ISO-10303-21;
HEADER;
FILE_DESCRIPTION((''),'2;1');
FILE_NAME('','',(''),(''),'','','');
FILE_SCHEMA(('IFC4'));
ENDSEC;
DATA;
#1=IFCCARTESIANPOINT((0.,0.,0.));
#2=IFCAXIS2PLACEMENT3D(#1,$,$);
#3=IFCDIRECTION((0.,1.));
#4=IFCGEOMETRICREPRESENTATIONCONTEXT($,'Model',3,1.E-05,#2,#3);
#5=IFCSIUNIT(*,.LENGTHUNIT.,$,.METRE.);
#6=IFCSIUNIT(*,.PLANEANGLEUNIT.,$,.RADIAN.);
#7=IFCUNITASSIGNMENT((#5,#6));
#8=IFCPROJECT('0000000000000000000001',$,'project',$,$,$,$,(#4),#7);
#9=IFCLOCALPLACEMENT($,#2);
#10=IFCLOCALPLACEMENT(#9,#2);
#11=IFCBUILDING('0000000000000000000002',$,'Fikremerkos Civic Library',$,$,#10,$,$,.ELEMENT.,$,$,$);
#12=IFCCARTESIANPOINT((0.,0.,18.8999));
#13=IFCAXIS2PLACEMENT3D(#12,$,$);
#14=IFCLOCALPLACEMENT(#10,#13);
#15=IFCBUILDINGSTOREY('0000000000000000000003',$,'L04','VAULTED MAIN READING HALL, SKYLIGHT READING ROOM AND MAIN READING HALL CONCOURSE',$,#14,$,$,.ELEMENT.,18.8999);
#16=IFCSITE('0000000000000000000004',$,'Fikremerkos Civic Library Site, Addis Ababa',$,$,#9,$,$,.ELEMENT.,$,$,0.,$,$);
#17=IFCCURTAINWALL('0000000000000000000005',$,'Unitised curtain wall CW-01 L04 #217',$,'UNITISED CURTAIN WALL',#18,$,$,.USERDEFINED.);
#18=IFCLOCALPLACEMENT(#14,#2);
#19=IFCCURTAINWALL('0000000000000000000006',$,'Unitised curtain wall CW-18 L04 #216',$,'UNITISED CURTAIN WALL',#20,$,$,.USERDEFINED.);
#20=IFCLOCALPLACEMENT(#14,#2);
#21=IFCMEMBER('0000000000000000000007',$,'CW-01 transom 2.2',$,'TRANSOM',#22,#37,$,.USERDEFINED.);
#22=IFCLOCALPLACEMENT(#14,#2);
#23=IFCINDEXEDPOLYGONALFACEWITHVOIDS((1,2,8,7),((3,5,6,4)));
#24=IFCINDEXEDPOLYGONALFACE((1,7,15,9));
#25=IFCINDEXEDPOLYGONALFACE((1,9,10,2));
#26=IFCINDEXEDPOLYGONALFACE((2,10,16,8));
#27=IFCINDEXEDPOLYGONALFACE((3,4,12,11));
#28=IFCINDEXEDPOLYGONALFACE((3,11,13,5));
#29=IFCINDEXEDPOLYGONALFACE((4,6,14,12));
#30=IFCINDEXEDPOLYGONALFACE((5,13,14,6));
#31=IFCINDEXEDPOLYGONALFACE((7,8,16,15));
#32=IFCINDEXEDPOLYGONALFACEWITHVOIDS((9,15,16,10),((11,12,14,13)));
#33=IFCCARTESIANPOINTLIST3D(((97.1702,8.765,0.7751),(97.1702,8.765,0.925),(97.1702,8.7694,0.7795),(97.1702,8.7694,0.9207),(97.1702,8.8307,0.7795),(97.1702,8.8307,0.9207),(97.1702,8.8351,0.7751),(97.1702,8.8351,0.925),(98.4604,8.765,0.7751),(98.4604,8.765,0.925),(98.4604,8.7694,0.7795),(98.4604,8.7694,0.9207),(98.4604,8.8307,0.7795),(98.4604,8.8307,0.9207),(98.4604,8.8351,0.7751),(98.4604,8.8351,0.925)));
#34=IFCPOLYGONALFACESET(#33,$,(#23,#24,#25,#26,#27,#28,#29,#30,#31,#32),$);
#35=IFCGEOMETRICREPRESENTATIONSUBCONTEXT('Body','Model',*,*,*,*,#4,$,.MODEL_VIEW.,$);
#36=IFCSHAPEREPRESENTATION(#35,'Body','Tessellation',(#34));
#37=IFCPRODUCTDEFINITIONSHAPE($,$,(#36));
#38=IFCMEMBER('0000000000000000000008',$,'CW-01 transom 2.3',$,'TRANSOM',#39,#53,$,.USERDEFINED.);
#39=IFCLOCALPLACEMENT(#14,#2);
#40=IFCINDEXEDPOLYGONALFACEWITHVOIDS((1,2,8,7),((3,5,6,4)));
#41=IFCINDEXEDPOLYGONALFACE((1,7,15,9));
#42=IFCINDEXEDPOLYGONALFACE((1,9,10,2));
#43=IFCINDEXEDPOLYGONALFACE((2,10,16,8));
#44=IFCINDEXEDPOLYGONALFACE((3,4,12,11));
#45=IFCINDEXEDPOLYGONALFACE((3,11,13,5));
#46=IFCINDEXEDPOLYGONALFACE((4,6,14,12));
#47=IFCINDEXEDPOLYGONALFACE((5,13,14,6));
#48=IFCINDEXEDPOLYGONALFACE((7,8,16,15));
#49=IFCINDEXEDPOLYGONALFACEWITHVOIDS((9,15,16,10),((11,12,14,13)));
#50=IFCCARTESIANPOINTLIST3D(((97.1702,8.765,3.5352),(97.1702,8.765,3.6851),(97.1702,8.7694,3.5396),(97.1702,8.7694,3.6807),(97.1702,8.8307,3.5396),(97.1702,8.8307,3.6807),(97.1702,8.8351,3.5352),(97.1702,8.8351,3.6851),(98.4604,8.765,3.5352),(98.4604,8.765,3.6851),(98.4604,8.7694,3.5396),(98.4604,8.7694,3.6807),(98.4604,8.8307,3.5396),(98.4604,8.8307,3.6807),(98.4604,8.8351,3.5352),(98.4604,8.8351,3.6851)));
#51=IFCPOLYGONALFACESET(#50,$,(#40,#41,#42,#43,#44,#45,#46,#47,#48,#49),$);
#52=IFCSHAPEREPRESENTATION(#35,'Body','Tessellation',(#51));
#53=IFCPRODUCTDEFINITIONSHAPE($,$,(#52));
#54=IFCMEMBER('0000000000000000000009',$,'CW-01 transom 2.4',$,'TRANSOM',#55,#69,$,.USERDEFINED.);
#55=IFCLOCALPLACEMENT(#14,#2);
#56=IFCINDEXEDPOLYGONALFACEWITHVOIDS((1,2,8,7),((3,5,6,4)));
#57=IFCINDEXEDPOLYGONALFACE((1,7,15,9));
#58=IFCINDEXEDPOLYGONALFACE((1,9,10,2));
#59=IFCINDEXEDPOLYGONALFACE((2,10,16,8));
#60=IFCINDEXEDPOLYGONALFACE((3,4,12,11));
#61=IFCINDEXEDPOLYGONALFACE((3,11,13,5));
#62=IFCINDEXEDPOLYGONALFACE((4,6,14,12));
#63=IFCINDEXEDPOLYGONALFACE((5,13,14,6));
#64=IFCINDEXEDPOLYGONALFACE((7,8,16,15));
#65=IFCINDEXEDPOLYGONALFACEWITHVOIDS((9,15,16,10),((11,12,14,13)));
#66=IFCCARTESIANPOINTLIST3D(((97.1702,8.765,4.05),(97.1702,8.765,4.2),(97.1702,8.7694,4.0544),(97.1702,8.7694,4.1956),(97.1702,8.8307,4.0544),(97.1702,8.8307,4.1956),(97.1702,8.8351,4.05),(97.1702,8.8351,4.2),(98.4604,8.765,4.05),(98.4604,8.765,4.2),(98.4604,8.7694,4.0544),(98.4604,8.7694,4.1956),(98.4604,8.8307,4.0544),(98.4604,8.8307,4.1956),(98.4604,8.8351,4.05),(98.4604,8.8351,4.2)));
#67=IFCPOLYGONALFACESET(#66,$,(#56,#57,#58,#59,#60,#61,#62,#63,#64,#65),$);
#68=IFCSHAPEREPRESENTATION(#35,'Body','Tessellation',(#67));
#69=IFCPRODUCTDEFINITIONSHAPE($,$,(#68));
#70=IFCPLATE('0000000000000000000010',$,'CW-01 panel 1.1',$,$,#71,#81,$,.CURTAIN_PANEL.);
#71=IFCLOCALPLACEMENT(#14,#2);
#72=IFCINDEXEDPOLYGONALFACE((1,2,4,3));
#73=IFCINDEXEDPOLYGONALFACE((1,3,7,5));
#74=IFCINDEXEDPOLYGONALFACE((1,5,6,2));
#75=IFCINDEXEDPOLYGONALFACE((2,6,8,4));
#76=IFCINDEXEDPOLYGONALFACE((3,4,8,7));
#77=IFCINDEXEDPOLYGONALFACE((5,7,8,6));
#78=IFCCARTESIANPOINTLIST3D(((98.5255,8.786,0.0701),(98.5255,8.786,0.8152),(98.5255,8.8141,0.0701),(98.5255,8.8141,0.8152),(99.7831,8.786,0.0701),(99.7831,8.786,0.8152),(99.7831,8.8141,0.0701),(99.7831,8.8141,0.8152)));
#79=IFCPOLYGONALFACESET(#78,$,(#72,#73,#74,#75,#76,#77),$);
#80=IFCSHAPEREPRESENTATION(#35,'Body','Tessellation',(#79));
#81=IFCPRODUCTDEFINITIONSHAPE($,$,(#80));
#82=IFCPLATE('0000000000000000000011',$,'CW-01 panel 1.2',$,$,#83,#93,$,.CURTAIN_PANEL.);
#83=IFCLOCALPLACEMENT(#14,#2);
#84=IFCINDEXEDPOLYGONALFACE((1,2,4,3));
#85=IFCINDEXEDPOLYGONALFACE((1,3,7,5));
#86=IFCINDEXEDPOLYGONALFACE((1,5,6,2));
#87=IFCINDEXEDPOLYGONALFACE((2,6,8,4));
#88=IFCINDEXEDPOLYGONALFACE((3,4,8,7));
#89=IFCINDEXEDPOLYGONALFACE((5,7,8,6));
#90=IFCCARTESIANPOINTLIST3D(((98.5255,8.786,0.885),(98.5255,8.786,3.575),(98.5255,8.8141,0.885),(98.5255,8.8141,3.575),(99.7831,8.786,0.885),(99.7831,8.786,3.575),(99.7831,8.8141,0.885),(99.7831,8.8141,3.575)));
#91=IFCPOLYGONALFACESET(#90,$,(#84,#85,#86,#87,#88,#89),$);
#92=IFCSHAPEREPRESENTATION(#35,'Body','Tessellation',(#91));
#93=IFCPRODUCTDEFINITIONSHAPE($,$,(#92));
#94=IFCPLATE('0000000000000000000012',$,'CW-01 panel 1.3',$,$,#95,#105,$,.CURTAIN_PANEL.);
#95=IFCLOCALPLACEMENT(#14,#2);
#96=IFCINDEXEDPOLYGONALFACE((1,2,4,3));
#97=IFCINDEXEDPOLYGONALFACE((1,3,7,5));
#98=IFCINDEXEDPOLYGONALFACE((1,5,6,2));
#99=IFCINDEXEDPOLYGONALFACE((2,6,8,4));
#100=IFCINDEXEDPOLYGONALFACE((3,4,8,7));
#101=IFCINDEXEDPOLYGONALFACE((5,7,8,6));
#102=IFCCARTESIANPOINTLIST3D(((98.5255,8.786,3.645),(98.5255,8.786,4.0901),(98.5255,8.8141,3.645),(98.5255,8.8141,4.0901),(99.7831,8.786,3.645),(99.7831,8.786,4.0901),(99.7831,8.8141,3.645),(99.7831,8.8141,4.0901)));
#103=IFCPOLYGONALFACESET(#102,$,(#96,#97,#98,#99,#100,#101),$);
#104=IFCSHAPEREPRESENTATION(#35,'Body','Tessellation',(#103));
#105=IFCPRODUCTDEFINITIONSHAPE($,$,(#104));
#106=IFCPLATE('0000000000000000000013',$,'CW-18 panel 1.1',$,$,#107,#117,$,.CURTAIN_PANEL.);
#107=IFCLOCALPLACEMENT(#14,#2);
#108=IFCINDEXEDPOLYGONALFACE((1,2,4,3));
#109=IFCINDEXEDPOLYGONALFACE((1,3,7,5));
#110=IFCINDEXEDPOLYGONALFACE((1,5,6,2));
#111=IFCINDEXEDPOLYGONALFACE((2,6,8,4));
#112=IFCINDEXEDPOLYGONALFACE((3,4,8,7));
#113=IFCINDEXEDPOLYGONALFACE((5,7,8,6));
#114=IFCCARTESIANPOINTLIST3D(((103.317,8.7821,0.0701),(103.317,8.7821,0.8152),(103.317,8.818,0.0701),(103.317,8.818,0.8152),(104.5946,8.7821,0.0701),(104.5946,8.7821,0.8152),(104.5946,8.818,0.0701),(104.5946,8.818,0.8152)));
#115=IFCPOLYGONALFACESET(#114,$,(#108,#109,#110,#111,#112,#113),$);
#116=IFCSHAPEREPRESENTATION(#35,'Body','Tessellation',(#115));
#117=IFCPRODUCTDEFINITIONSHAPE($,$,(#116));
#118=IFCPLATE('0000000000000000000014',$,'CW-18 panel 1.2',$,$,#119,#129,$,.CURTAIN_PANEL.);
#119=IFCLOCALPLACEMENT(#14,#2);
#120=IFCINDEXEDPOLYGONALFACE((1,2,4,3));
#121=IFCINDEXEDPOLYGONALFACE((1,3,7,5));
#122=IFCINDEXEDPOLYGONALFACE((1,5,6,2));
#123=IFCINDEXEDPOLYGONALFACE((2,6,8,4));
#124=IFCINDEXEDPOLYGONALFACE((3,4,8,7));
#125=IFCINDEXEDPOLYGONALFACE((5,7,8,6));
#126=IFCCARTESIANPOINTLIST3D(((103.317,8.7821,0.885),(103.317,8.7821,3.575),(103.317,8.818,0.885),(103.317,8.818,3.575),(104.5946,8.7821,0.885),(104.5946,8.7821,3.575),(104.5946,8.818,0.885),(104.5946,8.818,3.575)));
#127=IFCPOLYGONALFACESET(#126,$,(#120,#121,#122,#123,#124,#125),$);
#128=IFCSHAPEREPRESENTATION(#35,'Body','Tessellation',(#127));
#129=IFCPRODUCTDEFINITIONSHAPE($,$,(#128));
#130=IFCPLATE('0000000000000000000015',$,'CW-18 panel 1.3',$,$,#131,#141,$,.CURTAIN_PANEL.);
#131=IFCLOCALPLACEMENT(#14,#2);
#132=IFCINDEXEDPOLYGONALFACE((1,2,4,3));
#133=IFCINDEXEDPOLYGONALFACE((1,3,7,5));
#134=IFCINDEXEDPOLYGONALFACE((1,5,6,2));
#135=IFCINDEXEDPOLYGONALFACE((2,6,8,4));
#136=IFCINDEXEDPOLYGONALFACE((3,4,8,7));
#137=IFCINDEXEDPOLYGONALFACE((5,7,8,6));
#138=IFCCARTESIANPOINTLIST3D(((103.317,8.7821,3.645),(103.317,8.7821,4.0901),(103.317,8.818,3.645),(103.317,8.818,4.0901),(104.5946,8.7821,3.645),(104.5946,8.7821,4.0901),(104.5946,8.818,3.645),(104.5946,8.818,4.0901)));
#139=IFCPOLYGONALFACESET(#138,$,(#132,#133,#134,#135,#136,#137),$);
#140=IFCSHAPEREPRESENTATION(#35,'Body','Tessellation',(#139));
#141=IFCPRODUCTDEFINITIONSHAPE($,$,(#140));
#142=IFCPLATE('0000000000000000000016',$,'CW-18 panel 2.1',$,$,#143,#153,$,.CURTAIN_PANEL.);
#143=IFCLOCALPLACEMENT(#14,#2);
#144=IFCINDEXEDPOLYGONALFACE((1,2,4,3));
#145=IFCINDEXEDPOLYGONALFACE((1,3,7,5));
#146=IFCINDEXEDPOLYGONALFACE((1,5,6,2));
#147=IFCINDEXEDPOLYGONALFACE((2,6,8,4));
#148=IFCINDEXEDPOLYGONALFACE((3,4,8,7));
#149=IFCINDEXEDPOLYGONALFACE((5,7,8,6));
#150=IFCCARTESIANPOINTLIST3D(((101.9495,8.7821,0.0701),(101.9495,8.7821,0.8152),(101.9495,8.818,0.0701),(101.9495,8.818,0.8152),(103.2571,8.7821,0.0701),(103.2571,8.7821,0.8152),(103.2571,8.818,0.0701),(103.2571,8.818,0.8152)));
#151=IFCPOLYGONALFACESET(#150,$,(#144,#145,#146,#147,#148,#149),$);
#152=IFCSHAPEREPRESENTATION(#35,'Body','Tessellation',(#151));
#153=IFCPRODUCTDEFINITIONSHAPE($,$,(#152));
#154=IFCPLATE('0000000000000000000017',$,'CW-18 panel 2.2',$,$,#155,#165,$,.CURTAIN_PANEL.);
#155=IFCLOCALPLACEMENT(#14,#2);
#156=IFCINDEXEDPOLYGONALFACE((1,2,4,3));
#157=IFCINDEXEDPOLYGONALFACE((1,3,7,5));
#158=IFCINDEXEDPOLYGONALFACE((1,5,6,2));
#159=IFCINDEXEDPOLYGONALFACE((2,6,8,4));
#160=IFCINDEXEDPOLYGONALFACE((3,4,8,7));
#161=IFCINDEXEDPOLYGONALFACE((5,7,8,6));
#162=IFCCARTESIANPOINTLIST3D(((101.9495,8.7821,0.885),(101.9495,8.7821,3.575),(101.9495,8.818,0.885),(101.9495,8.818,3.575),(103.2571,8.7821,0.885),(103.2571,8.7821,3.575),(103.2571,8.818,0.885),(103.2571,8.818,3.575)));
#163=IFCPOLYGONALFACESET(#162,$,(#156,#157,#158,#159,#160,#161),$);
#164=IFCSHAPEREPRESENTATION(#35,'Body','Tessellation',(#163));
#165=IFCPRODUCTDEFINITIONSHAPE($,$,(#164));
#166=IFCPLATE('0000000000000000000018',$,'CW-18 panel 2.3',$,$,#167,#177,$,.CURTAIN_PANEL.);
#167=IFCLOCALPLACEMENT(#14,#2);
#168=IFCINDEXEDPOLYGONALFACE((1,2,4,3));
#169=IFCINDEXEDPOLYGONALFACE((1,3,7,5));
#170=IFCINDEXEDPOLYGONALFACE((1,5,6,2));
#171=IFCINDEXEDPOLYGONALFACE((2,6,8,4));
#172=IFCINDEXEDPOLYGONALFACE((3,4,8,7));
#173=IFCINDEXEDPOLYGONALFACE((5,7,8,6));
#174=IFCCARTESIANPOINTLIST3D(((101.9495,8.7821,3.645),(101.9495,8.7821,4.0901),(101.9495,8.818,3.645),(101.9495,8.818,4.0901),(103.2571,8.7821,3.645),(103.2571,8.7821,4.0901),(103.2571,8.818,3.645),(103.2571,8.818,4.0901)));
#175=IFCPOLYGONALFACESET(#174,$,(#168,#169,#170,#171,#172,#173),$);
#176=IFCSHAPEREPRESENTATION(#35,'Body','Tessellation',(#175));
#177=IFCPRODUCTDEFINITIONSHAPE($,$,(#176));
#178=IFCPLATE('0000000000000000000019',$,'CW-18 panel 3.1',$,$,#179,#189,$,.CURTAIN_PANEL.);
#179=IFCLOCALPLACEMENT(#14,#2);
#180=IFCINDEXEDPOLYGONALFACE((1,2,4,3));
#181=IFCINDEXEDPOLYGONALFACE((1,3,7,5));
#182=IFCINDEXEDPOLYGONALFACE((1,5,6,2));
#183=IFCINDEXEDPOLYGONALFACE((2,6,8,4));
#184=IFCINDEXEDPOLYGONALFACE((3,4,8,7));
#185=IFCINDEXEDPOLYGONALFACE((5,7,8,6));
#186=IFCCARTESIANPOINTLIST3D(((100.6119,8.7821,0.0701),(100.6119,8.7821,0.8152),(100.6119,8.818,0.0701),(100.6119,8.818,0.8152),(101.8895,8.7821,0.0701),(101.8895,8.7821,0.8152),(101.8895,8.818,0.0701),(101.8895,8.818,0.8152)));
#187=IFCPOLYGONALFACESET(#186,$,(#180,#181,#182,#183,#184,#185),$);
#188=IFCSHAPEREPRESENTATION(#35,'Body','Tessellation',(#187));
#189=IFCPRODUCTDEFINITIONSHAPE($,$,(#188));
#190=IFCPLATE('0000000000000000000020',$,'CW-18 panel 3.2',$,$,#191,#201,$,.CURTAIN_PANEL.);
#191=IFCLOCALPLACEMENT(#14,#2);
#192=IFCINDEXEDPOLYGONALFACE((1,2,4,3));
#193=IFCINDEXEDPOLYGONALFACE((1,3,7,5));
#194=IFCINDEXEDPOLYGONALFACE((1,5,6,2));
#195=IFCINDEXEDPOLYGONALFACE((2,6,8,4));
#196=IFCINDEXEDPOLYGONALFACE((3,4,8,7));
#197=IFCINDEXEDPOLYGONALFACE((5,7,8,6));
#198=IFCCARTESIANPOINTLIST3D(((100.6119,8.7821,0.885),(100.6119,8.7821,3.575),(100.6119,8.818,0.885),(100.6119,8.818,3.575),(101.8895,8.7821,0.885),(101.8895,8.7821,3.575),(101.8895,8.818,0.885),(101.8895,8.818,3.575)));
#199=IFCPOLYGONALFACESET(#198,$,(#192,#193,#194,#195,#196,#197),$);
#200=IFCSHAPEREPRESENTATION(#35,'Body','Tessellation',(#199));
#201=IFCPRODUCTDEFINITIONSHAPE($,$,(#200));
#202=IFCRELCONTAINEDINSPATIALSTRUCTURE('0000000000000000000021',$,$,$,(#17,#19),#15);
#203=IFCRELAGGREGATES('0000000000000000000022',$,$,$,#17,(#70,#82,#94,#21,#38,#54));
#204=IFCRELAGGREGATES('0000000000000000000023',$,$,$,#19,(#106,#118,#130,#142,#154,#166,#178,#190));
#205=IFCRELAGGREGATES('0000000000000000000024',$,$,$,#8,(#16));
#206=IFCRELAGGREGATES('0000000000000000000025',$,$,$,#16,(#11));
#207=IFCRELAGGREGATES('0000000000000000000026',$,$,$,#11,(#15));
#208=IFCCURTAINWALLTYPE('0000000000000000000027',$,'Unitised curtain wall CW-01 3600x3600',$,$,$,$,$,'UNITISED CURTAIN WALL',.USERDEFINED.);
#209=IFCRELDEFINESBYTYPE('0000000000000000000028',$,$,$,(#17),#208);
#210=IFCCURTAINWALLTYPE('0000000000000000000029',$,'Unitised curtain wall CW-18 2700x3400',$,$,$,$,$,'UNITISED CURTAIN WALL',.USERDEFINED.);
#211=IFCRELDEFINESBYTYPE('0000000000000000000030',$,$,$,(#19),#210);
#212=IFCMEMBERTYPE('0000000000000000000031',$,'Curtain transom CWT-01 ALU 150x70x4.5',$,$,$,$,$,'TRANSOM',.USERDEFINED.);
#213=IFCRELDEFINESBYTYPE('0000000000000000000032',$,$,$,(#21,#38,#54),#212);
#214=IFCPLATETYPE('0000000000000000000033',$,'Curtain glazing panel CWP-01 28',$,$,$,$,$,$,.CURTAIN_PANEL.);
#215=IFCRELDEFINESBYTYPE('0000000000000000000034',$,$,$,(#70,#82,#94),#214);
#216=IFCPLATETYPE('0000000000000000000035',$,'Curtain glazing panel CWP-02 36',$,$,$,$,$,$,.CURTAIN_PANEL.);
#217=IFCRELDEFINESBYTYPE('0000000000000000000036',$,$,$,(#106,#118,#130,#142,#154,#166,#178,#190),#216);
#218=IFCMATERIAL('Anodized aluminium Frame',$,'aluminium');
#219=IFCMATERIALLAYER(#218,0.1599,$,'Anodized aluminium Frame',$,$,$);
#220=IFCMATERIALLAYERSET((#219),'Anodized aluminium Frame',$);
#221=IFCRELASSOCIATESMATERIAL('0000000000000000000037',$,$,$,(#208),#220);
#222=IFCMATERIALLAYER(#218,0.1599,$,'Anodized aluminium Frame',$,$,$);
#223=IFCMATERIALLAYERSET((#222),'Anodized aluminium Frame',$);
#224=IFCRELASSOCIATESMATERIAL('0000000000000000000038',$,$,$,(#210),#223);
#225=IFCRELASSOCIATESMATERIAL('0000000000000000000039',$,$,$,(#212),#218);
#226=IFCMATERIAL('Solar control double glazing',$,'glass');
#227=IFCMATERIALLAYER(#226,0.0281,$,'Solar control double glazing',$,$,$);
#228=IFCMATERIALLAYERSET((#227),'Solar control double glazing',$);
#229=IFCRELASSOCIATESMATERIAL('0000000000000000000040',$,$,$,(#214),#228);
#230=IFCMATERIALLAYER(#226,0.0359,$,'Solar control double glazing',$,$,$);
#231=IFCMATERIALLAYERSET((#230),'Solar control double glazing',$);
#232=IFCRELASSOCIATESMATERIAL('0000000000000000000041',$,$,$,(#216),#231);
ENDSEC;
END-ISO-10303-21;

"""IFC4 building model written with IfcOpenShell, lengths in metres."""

from ifc_helpers import new_model, si_unit, direction, frame, origin, origin_2d, place, context, subcontext, project, spatial, rectangle, hollow_rectangle, extrude, material, layer, layer_set, material_profile, profile_set, type_object, element, aggregate, save


model = new_model("IFC4")

# Units and contexts
model_context = context("Model", 3, precision=1e-05, world=origin(), true_north=direction((0.0, 1.0)))
body_context = subcontext(model_context, "Body", "Model", "MODEL_VIEW")
ifc_project = project(units=[si_unit("LENGTHUNIT", "METRE"), si_unit("PLANEANGLEUNIT", "RADIAN")], contexts=[model_context])

# Site, building, storey
site_placement = place(None, origin())
site = spatial("IfcSite", under=ifc_project, at=site_placement, Name="Fikremerkos Civic Library Site, Addis Ababa", CompositionType="ELEMENT", RefElevation=0.0)
building_placement = place(site_placement, origin())
building = spatial("IfcBuilding", under=site, at=building_placement, Name="Fikremerkos Civic Library", CompositionType="ELEMENT")
storey_placement = place(building_placement, frame((0.0, 0.0, 18.8999)))
storey = spatial("IfcBuildingStorey", under=building, at=storey_placement, Name="L04", Description="VAULTED MAIN READING HALL, SKYLIGHT READING ROOM AND MAIN READING HALL CONCOURSE", CompositionType="ELEMENT", Elevation=18.8999)

# Curtain walls
ifc_material_1 = material(Name="Anodized aluminium Frame", Category="aluminium")
ifc_layer_1 = layer(ifc_material_1, 0.1599, Name="Anodized aluminium Frame")
ifc_layer_set_1 = layer_set([ifc_layer_1], Name="Anodized aluminium Frame")
curtain_wall_type_1 = type_object("IfcCurtainWallType", Name="Unitised curtain wall CW-01 3600x3600", ElementType="UNITISED CURTAIN WALL", PredefinedType="USERDEFINED", material=ifc_layer_set_1)
curtain_wall_1_placement = place(storey_placement, origin())
curtain_wall_1 = element("IfcCurtainWall", 1, at=curtain_wall_1_placement, inside=storey, type_object=curtain_wall_type_1, Name="Unitised curtain wall CW-01 L04 #217", ObjectType="UNITISED CURTAIN WALL", PredefinedType="USERDEFINED")
ifc_layer_2 = layer(ifc_material_1, 0.1599, Name="Anodized aluminium Frame")
ifc_layer_set_2 = layer_set([ifc_layer_2], Name="Anodized aluminium Frame")
curtain_wall_type_2 = type_object("IfcCurtainWallType", Name="Unitised curtain wall CW-18 2700x3400", ElementType="UNITISED CURTAIN WALL", PredefinedType="USERDEFINED", material=ifc_layer_set_2)
curtain_wall_2_placement = place(storey_placement, origin())
curtain_wall_2 = element("IfcCurtainWall", 2, at=curtain_wall_2_placement, inside=storey, type_object=curtain_wall_type_2, Name="Unitised curtain wall CW-18 L04 #216", ObjectType="UNITISED CURTAIN WALL", PredefinedType="USERDEFINED")
ifc_material_profile_1 = material_profile(ifc_material_1, hollow_rectangle(XDim=0.0701, YDim=0.1499, WallThickness=0.0044, at=origin_2d()), Name="ALU 150x70x4.5")
ifc_profile_set_1 = profile_set([ifc_material_profile_1], Name="Anodized aluminium Frame")
member_type_1 = type_object("IfcMemberType", Name="Curtain transom CWT-01 ALU 150x70x4.5", ElementType="TRANSOM", PredefinedType="USERDEFINED", material=ifc_profile_set_1)

# Members
member_1_placement = place(storey_placement, frame((98.4604, 8.8, 0.8501), z_axis=(-1.0, 0.0, 0.0), x_axis=(0.0, -1.0, 0.0)))
member_1 = element("IfcMember", 3, at=member_1_placement, type_object=member_type_1, Name="CW-01 transom 2.2", ObjectType="TRANSOM", PredefinedType="USERDEFINED", context=body_context, shape_type="SweptSolid", body=[
    extrude(hollow_rectangle(XDim=0.0701, YDim=0.1499, WallThickness=0.0044, at=origin_2d()), origin(), (0.0, 0.0, 1.0), 1.2903),
])
member_2_placement = place(storey_placement, frame((98.4604, 8.8, 3.6101), z_axis=(-1.0, 0.0, 0.0), x_axis=(0.0, -1.0, 0.0)))
member_2 = element("IfcMember", 4, at=member_2_placement, type_object=member_type_1, Name="CW-01 transom 2.3", ObjectType="TRANSOM", PredefinedType="USERDEFINED", context=body_context, shape_type="SweptSolid", body=[
    extrude(hollow_rectangle(XDim=0.0701, YDim=0.1499, WallThickness=0.0044, at=origin_2d()), origin(), (0.0, 0.0, 1.0), 1.2903),
])
member_3_placement = place(storey_placement, frame((98.4604, 8.8, 4.125), z_axis=(-1.0, 0.0, 0.0), x_axis=(0.0, -1.0, 0.0)))
member_3 = element("IfcMember", 5, at=member_3_placement, type_object=member_type_1, Name="CW-01 transom 2.4", ObjectType="TRANSOM", PredefinedType="USERDEFINED", context=body_context, shape_type="SweptSolid", body=[
    extrude(hollow_rectangle(XDim=0.0701, YDim=0.1499, WallThickness=0.0044, at=origin_2d()), origin(), (0.0, 0.0, 1.0), 1.2903),
])

# Plates
ifc_material_2 = material(Name="Solar control double glazing", Category="glass")
ifc_layer_3 = layer(ifc_material_2, 0.0281, Name="Solar control double glazing")
ifc_layer_set_3 = layer_set([ifc_layer_3], Name="Solar control double glazing")
plate_type_1 = type_object("IfcPlateType", Name="Curtain glazing panel CWP-01 28", PredefinedType="CURTAIN_PANEL", material=ifc_layer_set_3)
plate_1_placement = place(storey_placement, frame((99.1543, 8.8, 0.0701), z_axis=(0.0, 0.0, 1.0), x_axis=(-1.0, 0.0, 0.0)))
plate_1 = element("IfcPlate", 6, at=plate_1_placement, type_object=plate_type_1, Name="CW-01 panel 1.1", PredefinedType="CURTAIN_PANEL", context=body_context, shape_type="SweptSolid", body=[
    extrude(rectangle(XDim=1.2576, YDim=0.0281, at=origin_2d()), origin(), (0.0, 0.0, 1.0), 0.7451),
])
plate_2_placement = place(storey_placement, frame((99.1543, 8.8, 0.885), z_axis=(0.0, 0.0, 1.0), x_axis=(-1.0, 0.0, 0.0)))
plate_2 = element("IfcPlate", 7, at=plate_2_placement, type_object=plate_type_1, Name="CW-01 panel 1.2", PredefinedType="CURTAIN_PANEL", context=body_context, shape_type="SweptSolid", body=[
    extrude(rectangle(XDim=1.2576, YDim=0.0281, at=origin_2d()), origin(), (0.0, 0.0, 1.0), 2.6899),
])
plate_3_placement = place(storey_placement, frame((99.1543, 8.8, 3.645), z_axis=(0.0, 0.0, 1.0), x_axis=(-1.0, 0.0, 0.0)))
plate_3 = element("IfcPlate", 8, at=plate_3_placement, type_object=plate_type_1, Name="CW-01 panel 1.3", PredefinedType="CURTAIN_PANEL", context=body_context, shape_type="SweptSolid", body=[
    extrude(rectangle(XDim=1.2576, YDim=0.0281, at=origin_2d()), origin(), (0.0, 0.0, 1.0), 0.4451),
])
aggregate(curtain_wall_1, [plate_1, plate_2, plate_3, member_1, member_2, member_3])
ifc_layer_4 = layer(ifc_material_2, 0.0359, Name="Solar control double glazing")
ifc_layer_set_4 = layer_set([ifc_layer_4], Name="Solar control double glazing")
plate_type_2 = type_object("IfcPlateType", Name="Curtain glazing panel CWP-02 36", PredefinedType="CURTAIN_PANEL", material=ifc_layer_set_4)
plate_4_placement = place(storey_placement, frame((103.9558, 8.8, 0.0701), z_axis=(0.0, 0.0, 1.0), x_axis=(-1.0, 0.0, 0.0)))
plate_4 = element("IfcPlate", 9, at=plate_4_placement, type_object=plate_type_2, Name="CW-18 panel 1.1", PredefinedType="CURTAIN_PANEL", context=body_context, shape_type="SweptSolid", body=[
    extrude(rectangle(XDim=1.2776, YDim=0.0359, at=origin_2d()), origin(), (0.0, 0.0, 1.0), 0.7451),
])
plate_5_placement = place(storey_placement, frame((103.9558, 8.8, 0.885), z_axis=(0.0, 0.0, 1.0), x_axis=(-1.0, 0.0, 0.0)))
plate_5 = element("IfcPlate", 10, at=plate_5_placement, type_object=plate_type_2, Name="CW-18 panel 1.2", PredefinedType="CURTAIN_PANEL", context=body_context, shape_type="SweptSolid", body=[
    extrude(rectangle(XDim=1.2776, YDim=0.0359, at=origin_2d()), origin(), (0.0, 0.0, 1.0), 2.6899),
])
plate_6_placement = place(storey_placement, frame((103.9558, 8.8, 3.645), z_axis=(0.0, 0.0, 1.0), x_axis=(-1.0, 0.0, 0.0)))
plate_6 = element("IfcPlate", 11, at=plate_6_placement, type_object=plate_type_2, Name="CW-18 panel 1.3", PredefinedType="CURTAIN_PANEL", context=body_context, shape_type="SweptSolid", body=[
    extrude(rectangle(XDim=1.2776, YDim=0.0359, at=origin_2d()), origin(), (0.0, 0.0, 1.0), 0.4451),
])
plate_7_placement = place(storey_placement, frame((102.6033, 8.8, 0.0701), z_axis=(0.0, 0.0, 1.0), x_axis=(-1.0, 0.0, 0.0)))
plate_7 = element("IfcPlate", 12, at=plate_7_placement, type_object=plate_type_2, Name="CW-18 panel 2.1", PredefinedType="CURTAIN_PANEL", context=body_context, shape_type="SweptSolid", body=[
    extrude(rectangle(XDim=1.3076, YDim=0.0359, at=origin_2d()), origin(), (0.0, 0.0, 1.0), 0.7451),
])
plate_8_placement = place(storey_placement, frame((102.6033, 8.8, 0.885), z_axis=(0.0, 0.0, 1.0), x_axis=(-1.0, 0.0, 0.0)))
plate_8 = element("IfcPlate", 13, at=plate_8_placement, type_object=plate_type_2, Name="CW-18 panel 2.2", PredefinedType="CURTAIN_PANEL", context=body_context, shape_type="SweptSolid", body=[
    extrude(rectangle(XDim=1.3076, YDim=0.0359, at=origin_2d()), origin(), (0.0, 0.0, 1.0), 2.6899),
])
plate_9_placement = place(storey_placement, frame((102.6033, 8.8, 3.645), z_axis=(0.0, 0.0, 1.0), x_axis=(-1.0, 0.0, 0.0)))
plate_9 = element("IfcPlate", 14, at=plate_9_placement, type_object=plate_type_2, Name="CW-18 panel 2.3", PredefinedType="CURTAIN_PANEL", context=body_context, shape_type="SweptSolid", body=[
    extrude(rectangle(XDim=1.3076, YDim=0.0359, at=origin_2d()), origin(), (0.0, 0.0, 1.0), 0.4451),
])
plate_10_placement = place(storey_placement, frame((101.2507, 8.8, 0.0701), z_axis=(0.0, 0.0, 1.0), x_axis=(-1.0, 0.0, 0.0)))
plate_10 = element("IfcPlate", 15, at=plate_10_placement, type_object=plate_type_2, Name="CW-18 panel 3.1", PredefinedType="CURTAIN_PANEL", context=body_context, shape_type="SweptSolid", body=[
    extrude(rectangle(XDim=1.2776, YDim=0.0359, at=origin_2d()), origin(), (0.0, 0.0, 1.0), 0.7451),
])
plate_11_placement = place(storey_placement, frame((101.2507, 8.8, 0.885), z_axis=(0.0, 0.0, 1.0), x_axis=(-1.0, 0.0, 0.0)))
plate_11 = element("IfcPlate", 16, at=plate_11_placement, type_object=plate_type_2, Name="CW-18 panel 3.2", PredefinedType="CURTAIN_PANEL", context=body_context, shape_type="SweptSolid", body=[
    extrude(rectangle(XDim=1.2776, YDim=0.0359, at=origin_2d()), origin(), (0.0, 0.0, 1.0), 2.6899),
])
aggregate(curtain_wall_2, [plate_4, plate_5, plate_6, plate_7, plate_8, plate_9, plate_10, plate_11])

save(model, "model.ifc")
